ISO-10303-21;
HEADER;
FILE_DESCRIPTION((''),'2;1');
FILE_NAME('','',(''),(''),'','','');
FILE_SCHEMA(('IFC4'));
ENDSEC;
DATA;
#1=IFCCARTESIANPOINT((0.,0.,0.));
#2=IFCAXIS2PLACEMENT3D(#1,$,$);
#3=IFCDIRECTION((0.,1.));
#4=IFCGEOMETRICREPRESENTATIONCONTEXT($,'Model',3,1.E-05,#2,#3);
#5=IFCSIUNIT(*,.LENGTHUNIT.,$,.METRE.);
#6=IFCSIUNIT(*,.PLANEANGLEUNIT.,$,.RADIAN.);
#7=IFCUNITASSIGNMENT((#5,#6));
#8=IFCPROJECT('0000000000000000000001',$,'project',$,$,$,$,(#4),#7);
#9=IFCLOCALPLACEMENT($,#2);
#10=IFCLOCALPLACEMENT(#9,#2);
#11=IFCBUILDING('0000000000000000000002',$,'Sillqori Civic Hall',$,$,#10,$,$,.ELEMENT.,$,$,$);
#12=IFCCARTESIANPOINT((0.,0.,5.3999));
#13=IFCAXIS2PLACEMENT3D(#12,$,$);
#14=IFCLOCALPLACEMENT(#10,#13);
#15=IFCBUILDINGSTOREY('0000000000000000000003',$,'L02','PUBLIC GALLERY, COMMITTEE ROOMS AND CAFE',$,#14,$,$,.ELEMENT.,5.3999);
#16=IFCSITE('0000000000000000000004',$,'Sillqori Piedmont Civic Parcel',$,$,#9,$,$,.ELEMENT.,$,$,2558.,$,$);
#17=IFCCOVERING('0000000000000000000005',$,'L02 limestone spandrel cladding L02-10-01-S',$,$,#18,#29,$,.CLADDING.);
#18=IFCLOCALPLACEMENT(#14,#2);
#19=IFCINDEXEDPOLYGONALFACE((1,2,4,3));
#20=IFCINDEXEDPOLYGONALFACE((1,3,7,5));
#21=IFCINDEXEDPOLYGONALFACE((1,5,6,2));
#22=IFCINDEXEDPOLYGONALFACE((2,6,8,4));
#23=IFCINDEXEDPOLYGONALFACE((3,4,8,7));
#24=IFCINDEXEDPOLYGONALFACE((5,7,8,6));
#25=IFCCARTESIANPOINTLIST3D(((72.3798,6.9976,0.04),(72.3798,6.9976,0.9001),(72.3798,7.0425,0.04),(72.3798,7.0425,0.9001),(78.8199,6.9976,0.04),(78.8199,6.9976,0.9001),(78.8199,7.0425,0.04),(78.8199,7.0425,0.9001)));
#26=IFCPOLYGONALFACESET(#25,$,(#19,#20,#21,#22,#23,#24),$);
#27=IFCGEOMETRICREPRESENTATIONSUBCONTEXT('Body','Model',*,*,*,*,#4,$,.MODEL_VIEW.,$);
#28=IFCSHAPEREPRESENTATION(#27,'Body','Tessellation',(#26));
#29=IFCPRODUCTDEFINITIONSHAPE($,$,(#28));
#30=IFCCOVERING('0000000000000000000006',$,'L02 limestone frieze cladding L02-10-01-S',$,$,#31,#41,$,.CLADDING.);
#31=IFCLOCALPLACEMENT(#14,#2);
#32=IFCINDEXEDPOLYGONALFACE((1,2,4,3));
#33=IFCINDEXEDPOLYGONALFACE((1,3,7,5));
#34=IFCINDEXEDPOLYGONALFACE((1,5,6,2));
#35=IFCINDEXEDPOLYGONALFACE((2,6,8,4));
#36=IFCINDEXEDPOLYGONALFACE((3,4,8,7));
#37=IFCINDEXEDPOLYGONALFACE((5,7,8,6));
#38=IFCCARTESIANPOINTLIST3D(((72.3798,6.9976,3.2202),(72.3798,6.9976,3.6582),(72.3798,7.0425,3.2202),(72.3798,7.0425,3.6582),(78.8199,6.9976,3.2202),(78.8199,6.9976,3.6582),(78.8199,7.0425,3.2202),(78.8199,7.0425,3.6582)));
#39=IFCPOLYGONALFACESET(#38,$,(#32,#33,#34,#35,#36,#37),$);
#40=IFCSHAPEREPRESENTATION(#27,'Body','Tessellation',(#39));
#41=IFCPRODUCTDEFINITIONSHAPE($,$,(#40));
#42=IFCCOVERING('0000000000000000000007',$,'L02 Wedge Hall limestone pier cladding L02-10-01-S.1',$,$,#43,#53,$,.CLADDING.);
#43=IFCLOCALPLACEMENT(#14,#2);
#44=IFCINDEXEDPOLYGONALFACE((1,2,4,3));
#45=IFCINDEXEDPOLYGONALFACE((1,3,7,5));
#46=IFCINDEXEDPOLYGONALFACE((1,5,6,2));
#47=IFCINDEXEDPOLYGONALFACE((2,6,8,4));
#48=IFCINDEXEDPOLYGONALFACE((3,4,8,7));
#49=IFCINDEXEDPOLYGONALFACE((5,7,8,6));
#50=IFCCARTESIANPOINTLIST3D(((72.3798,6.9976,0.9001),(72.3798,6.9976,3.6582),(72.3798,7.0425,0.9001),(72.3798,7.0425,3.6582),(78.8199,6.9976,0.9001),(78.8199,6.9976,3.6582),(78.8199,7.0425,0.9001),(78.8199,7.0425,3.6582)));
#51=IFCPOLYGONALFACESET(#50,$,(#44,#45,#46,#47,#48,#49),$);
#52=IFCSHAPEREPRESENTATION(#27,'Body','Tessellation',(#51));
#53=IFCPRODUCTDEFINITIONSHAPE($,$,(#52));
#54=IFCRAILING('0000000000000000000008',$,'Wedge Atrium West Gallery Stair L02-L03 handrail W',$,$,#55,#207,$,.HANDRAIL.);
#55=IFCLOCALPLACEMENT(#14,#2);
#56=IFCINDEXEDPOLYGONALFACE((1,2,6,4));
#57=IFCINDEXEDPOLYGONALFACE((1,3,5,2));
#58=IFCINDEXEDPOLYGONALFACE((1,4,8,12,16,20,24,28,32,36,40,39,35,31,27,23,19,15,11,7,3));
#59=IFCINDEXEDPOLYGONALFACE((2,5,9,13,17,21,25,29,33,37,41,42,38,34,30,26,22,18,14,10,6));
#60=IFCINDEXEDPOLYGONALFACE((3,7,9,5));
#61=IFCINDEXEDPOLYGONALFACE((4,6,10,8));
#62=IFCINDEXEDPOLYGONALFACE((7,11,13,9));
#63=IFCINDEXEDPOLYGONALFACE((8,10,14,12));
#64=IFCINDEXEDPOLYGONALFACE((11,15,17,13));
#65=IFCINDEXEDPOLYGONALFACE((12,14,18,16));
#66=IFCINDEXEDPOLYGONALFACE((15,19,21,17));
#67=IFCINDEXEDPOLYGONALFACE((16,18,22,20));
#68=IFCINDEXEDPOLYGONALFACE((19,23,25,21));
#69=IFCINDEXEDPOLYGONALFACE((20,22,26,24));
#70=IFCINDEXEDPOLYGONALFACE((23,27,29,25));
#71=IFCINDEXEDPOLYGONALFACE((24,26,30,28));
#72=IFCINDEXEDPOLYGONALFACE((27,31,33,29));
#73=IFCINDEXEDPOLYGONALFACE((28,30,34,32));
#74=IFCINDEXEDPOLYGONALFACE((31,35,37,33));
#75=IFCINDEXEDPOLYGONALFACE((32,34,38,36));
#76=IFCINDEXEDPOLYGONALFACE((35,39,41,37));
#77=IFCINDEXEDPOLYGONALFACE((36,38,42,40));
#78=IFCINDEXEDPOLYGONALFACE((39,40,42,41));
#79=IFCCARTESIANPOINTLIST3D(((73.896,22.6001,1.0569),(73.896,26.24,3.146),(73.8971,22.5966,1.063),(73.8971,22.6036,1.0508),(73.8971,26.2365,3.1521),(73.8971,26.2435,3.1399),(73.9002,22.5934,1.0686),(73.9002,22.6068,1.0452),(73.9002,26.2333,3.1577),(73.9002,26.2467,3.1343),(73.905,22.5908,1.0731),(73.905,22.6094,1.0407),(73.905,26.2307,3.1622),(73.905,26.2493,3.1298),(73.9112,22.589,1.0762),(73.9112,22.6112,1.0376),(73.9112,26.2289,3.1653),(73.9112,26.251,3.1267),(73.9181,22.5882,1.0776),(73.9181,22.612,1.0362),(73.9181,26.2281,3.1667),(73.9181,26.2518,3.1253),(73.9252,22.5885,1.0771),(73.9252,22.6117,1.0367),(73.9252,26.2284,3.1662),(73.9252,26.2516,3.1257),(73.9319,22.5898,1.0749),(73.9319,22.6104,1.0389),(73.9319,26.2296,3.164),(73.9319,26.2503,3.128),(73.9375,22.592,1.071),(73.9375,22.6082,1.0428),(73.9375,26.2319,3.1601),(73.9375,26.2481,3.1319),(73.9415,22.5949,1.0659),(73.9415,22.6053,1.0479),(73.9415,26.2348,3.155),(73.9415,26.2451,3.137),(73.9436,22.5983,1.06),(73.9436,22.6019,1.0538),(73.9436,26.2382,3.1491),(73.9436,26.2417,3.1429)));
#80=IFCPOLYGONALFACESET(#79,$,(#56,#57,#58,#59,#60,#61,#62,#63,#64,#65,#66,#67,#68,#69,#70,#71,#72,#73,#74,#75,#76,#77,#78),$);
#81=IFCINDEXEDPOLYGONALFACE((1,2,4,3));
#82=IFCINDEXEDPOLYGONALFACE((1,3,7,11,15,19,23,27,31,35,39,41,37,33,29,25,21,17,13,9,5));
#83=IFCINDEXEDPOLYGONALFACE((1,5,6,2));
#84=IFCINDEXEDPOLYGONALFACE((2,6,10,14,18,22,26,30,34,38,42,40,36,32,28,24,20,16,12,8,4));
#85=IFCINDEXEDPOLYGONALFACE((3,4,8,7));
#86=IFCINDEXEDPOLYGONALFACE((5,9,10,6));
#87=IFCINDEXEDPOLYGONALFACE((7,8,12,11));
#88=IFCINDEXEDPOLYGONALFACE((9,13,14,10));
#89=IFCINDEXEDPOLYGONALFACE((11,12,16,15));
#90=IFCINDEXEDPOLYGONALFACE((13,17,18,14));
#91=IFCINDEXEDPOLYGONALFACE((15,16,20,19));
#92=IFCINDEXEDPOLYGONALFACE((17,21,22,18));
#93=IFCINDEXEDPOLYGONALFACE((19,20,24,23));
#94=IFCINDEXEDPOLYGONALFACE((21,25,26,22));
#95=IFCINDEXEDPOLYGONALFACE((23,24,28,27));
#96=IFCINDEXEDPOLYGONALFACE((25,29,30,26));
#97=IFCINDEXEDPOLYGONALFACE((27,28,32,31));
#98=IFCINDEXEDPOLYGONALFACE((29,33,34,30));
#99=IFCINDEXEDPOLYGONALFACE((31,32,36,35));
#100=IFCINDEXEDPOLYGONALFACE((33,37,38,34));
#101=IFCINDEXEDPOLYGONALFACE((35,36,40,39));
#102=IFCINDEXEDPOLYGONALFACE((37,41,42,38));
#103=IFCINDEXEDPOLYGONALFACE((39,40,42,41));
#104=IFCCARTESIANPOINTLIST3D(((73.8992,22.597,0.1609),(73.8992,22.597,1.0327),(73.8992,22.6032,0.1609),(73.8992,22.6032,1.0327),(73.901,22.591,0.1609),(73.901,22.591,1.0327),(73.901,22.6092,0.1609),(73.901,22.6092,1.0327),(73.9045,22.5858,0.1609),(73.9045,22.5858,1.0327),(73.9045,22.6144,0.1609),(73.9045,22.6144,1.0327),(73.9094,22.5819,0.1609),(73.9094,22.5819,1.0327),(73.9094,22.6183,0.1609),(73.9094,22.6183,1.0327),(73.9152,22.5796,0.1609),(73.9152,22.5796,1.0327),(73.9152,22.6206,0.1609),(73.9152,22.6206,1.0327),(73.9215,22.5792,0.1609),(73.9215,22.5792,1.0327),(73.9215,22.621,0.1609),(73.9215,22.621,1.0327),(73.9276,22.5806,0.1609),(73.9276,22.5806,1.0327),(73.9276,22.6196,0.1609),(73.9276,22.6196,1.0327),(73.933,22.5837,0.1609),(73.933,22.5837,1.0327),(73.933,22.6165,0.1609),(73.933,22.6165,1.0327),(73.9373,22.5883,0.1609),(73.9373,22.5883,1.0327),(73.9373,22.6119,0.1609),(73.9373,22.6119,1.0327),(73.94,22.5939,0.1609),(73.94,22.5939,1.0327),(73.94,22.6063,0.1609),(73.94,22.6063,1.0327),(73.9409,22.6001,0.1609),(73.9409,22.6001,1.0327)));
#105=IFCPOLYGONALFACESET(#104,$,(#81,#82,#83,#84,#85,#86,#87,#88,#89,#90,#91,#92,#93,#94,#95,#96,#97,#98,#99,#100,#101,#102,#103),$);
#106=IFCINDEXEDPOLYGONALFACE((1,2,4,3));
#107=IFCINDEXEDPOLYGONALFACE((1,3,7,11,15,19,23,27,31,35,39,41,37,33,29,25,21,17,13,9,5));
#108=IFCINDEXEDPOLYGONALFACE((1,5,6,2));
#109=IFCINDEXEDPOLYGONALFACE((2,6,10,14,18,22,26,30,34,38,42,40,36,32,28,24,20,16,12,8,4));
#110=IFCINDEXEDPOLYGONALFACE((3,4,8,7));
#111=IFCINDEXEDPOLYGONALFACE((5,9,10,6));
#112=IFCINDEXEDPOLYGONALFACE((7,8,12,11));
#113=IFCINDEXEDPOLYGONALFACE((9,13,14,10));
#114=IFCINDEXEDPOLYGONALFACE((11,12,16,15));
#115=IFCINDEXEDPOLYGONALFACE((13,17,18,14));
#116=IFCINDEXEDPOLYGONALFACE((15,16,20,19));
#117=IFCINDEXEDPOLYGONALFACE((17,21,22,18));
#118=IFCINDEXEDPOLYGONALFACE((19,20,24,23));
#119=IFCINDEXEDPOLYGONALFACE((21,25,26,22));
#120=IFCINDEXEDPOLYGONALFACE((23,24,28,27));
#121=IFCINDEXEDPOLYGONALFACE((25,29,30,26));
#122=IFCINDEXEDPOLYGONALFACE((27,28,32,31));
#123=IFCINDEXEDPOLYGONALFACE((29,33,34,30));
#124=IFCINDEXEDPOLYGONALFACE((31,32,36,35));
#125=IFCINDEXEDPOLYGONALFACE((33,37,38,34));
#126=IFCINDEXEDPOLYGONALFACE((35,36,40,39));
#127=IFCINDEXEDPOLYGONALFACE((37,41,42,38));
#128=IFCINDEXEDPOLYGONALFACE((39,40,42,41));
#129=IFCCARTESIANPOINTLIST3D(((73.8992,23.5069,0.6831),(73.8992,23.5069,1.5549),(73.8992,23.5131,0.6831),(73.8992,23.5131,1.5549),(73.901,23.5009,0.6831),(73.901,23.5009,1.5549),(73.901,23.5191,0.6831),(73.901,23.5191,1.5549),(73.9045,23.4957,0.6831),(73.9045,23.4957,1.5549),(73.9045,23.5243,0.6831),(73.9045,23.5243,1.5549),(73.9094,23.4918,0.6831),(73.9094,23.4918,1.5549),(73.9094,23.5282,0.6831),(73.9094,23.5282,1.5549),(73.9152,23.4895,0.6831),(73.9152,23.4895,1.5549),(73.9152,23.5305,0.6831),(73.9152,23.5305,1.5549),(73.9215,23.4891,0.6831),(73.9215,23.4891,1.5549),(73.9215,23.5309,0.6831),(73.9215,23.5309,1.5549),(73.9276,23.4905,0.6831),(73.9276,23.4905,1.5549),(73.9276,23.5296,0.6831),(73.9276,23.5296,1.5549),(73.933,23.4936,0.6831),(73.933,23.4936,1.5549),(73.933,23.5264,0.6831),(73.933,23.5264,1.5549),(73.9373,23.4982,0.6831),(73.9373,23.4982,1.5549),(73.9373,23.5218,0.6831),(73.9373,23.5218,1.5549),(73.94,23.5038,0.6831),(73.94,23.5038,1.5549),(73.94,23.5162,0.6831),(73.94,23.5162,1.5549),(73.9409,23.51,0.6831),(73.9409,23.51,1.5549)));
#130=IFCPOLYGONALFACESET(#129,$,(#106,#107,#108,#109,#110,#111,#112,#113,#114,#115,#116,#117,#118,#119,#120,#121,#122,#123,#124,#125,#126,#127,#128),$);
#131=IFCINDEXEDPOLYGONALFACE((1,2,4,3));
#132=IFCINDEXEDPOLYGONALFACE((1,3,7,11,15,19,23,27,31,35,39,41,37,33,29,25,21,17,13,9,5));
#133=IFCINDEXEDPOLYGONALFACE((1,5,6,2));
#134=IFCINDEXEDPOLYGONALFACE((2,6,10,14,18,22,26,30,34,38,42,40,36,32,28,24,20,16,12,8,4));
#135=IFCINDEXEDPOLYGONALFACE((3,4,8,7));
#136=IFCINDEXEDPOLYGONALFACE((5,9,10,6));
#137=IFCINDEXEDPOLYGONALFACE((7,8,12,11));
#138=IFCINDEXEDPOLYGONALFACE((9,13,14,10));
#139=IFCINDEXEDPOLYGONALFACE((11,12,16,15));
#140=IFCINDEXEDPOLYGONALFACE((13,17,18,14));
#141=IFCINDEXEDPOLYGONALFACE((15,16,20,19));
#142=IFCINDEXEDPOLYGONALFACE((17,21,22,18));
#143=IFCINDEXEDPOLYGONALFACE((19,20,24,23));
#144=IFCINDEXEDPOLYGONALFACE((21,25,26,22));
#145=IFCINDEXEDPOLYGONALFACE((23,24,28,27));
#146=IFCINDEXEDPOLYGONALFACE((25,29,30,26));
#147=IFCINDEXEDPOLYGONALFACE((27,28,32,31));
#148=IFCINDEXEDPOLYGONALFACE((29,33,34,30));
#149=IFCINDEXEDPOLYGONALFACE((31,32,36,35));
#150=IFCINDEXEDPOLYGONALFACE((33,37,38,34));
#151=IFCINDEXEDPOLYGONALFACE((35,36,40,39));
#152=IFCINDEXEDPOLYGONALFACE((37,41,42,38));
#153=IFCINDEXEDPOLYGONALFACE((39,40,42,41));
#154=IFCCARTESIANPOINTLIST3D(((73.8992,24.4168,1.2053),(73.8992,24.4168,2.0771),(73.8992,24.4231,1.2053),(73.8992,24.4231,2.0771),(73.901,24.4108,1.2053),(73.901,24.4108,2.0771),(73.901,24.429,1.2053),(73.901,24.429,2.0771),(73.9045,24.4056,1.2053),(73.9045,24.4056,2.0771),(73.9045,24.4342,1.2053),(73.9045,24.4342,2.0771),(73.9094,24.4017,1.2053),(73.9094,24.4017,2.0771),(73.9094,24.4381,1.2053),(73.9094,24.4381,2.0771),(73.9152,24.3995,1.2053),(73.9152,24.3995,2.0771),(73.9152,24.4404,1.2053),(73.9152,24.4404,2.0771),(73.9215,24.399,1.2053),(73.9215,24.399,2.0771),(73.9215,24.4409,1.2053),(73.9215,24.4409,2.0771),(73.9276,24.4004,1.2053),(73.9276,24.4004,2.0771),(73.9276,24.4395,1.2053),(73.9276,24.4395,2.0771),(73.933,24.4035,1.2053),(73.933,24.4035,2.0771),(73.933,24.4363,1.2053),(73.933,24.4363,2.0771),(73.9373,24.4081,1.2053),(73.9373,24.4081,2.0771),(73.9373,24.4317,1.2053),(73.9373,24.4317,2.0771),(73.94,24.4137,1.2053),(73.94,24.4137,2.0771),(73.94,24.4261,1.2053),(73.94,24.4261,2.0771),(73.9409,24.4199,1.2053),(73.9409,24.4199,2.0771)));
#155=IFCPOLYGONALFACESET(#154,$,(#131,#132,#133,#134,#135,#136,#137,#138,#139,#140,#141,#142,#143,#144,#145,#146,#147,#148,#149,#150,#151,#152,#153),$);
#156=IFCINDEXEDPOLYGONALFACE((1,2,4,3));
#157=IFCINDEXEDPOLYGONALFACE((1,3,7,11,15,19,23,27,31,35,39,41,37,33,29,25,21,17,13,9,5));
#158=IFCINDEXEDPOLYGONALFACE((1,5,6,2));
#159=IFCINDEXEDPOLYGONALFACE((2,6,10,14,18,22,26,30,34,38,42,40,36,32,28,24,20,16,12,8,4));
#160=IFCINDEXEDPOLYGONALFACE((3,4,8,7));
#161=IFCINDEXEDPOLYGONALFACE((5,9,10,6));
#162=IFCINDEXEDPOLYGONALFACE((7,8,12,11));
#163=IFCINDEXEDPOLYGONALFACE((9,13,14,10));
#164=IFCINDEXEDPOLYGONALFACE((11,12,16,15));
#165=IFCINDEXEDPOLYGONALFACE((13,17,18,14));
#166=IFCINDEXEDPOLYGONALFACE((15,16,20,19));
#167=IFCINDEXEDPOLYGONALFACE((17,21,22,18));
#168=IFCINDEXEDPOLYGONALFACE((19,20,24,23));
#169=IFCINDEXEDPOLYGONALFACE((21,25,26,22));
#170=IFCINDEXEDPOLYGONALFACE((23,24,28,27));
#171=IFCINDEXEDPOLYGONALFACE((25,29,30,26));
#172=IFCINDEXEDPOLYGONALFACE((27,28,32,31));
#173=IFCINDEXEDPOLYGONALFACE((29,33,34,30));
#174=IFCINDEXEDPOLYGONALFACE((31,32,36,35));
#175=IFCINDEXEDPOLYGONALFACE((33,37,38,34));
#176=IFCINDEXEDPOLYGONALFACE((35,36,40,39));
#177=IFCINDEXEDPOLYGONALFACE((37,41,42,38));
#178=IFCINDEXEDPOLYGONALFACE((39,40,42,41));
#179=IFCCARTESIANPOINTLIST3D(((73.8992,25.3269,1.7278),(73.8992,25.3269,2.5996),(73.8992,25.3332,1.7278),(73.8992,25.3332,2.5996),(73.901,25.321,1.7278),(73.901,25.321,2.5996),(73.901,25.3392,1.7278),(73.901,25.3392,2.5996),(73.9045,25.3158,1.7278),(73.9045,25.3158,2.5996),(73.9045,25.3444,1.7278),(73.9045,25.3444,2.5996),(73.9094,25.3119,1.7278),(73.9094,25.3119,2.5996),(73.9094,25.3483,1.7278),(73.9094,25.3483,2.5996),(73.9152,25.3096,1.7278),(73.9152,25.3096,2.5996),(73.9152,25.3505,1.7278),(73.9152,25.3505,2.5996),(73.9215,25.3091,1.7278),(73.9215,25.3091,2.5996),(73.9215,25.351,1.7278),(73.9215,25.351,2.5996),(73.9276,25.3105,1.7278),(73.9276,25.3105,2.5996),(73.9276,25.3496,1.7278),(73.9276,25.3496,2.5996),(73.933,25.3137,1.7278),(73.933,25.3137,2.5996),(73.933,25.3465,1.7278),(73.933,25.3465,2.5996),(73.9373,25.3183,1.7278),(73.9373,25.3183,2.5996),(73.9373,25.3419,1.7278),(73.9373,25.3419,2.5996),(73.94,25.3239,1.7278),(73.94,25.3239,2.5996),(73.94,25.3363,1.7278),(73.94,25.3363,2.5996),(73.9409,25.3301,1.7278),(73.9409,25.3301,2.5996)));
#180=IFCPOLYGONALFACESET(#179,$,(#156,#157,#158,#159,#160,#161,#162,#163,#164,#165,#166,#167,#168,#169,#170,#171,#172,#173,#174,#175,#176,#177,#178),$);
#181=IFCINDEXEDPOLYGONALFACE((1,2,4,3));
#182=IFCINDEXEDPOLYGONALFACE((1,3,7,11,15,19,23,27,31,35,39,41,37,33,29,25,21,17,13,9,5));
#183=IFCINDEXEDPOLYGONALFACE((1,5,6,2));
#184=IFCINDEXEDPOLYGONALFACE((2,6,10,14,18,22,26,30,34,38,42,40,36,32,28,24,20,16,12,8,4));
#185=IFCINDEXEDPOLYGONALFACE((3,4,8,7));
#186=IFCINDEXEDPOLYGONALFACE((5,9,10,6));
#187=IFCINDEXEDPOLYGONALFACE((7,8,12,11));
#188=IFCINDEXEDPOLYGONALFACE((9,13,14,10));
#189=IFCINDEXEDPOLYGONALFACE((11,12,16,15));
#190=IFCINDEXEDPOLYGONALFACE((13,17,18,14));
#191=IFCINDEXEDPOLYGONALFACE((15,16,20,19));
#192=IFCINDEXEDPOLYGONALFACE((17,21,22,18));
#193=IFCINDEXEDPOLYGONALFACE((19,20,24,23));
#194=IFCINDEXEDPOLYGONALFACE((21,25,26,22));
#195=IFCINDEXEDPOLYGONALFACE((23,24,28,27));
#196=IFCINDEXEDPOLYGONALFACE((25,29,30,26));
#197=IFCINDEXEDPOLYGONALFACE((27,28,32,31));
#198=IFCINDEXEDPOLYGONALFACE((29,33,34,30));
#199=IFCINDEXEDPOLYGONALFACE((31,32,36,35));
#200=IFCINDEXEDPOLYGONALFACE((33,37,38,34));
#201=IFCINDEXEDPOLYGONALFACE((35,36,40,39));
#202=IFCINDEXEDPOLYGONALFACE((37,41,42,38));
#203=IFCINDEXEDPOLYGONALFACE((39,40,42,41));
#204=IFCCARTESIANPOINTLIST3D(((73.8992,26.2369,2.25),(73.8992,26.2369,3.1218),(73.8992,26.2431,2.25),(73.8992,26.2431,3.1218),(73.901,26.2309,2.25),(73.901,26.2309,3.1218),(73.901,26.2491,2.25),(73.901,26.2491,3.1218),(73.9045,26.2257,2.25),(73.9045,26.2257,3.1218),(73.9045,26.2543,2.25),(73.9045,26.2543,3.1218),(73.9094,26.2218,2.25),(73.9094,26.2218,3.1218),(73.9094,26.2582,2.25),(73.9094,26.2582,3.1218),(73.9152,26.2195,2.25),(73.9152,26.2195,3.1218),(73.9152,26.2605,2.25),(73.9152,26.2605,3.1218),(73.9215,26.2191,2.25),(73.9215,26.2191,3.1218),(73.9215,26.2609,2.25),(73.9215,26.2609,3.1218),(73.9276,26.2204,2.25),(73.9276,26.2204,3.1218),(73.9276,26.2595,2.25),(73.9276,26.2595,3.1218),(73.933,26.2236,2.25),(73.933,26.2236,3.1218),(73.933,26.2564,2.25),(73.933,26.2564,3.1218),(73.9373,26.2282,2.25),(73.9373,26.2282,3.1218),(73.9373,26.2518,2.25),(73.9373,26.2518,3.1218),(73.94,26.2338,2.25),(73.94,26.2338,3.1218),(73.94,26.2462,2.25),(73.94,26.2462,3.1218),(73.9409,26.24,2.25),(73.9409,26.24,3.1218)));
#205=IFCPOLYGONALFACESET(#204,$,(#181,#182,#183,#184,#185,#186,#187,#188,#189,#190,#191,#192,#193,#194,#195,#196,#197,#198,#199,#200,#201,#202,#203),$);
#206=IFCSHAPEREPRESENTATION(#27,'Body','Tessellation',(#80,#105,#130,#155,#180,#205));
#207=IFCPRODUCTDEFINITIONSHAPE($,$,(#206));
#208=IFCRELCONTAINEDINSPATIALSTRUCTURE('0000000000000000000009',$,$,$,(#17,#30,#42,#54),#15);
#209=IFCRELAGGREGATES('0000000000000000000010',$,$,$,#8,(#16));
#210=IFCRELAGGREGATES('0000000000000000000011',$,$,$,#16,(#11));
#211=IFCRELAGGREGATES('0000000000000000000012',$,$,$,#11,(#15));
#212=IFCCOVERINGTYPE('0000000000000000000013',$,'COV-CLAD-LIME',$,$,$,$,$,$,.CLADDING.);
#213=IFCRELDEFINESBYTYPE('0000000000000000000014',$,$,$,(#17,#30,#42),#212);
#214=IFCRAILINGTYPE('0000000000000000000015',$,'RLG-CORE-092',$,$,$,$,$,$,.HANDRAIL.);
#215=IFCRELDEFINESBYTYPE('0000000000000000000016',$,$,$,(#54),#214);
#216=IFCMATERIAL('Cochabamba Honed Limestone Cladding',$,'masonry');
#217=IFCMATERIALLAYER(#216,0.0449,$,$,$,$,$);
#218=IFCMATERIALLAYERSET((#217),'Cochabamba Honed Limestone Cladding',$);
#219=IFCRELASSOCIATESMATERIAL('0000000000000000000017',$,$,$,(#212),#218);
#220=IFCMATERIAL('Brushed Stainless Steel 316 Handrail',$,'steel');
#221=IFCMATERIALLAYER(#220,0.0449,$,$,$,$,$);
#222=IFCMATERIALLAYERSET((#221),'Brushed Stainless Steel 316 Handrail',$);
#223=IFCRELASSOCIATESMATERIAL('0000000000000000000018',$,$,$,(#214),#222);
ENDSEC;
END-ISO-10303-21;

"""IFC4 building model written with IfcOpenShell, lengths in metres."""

from ifc_helpers import new_model, si_unit, direction, frame, frame_2d, origin, origin_2d, place, context, subcontext, project, spatial, rectangle, circle, extrude, material, layer, layer_set, type_object, element, save


model = new_model("IFC4")

# Units and contexts
model_context = context("Model", 3, precision=1e-05, world=origin(), true_north=direction((0.0, 1.0)))
body_context = subcontext(model_context, "Body", "Model", "MODEL_VIEW")
ifc_project = project(units=[si_unit("LENGTHUNIT", "METRE"), si_unit("PLANEANGLEUNIT", "RADIAN")], contexts=[model_context])

# Site, building, storey
site_placement = place(None, origin())
site = spatial("IfcSite", under=ifc_project, at=site_placement, Name="Sillqori Piedmont Civic Parcel", CompositionType="ELEMENT", RefElevation=2558.0)
building_placement = place(site_placement, origin())
building = spatial("IfcBuilding", under=site, at=building_placement, Name="Sillqori Civic Hall", CompositionType="ELEMENT")
storey_placement = place(building_placement, frame((0.0, 0.0, 5.3999)))
storey = spatial("IfcBuildingStorey", under=building, at=storey_placement, Name="L02", Description="PUBLIC GALLERY, COMMITTEE ROOMS AND CAFE", CompositionType="ELEMENT", Elevation=5.3999)

# Coverings
ifc_material_1 = material(Name="Cochabamba Honed Limestone Cladding", Category="masonry")
ifc_layer_1 = layer(ifc_material_1, 0.0449)
ifc_layer_set_1 = layer_set([ifc_layer_1], Name="Cochabamba Honed Limestone Cladding")
covering_type = type_object("IfcCoveringType", Name="COV-CLAD-LIME", PredefinedType="CLADDING", material=ifc_layer_set_1)
covering_1_placement = place(storey_placement, frame((78.8201, 7.02, 0.04), z_axis=(0.0, 0.0, 1.0), x_axis=(-1.0, 0.0, 0.0)))
element("IfcCovering", 1, at=covering_1_placement, inside=storey, type_object=covering_type, Name="L02 limestone spandrel cladding L02-10-01-S", PredefinedType="CLADDING", context=body_context, shape_type="SweptSolid", body=[
    extrude(rectangle(XDim=6.4402, YDim=0.0449, at=frame_2d((3.2202, 0.0))), origin(), (0.0, 0.0, 1.0), 0.8601),
])
covering_2_placement = place(storey_placement, frame((78.8201, 7.02, 3.2202), z_axis=(0.0, 0.0, 1.0), x_axis=(-1.0, 0.0, 0.0)))
element("IfcCovering", 2, at=covering_2_placement, inside=storey, type_object=covering_type, Name="L02 limestone frieze cladding L02-10-01-S", PredefinedType="CLADDING", context=body_context, shape_type="SweptSolid", body=[
    extrude(rectangle(XDim=6.4402, YDim=0.0449, at=frame_2d((3.2202, 0.0))), origin(), (0.0, 0.0, 1.0), 0.438),
])
covering_3_placement = place(storey_placement, frame((78.8201, 7.02, 0.9001), z_axis=(0.0, 0.0, 1.0), x_axis=(-1.0, 0.0, 0.0)))
element("IfcCovering", 3, at=covering_3_placement, inside=storey, type_object=covering_type, Name="L02 Wedge Hall limestone pier cladding L02-10-01-S.1", PredefinedType="CLADDING", context=body_context, shape_type="SweptSolid", body=[
    extrude(rectangle(XDim=6.4402, YDim=0.0449, at=frame_2d((3.2202, 0.0))), origin(), (0.0, 0.0, 1.0), 2.7581),
])

# Railing
ifc_material_2 = material(Name="Brushed Stainless Steel 316 Handrail", Category="steel")
ifc_layer_2 = layer(ifc_material_2, 0.0449)
ifc_layer_set_2 = layer_set([ifc_layer_2], Name="Brushed Stainless Steel 316 Handrail")
railing_type_1 = type_object("IfcRailingType", Name="RLG-CORE-092", PredefinedType="HANDRAIL", material=ifc_layer_set_2)
railing_1_placement = place(storey_placement, frame((73.9199, 22.6001, 0.1609)))
element("IfcRailing", 4, at=railing_1_placement, inside=storey, type_object=railing_type_1, Name="Wedge Atrium West Gallery Stair L02-L03 handrail W", PredefinedType="HANDRAIL", context=body_context, shape_type="SweptSolid", body=[
    extrude(circle(Radius=0.0239, at=origin_2d()), frame((0.0, 0.0, 0.896), z_axis=(0.0, 0.8673, 0.497786), x_axis=(-1.0, 0.0, 0.0)), (0.0, 0.0, 1.0), 4.1968),
    extrude(circle(Radius=0.021, at=origin_2d()), origin(), (0.0, 0.0, 1.0), 0.8718),
    extrude(circle(Radius=0.021, at=origin_2d()), frame((0.0, 0.9099, 0.5222)), (0.0, 0.0, 1.0), 0.8718),
    extrude(circle(Radius=0.021, at=origin_2d()), frame((0.0, 1.8198, 1.0444)), (0.0, 0.0, 1.0), 0.8718),
    extrude(circle(Radius=0.021, at=origin_2d()), frame((0.0, 2.73, 1.5669)), (0.0, 0.0, 1.0), 0.8718),
    extrude(circle(Radius=0.021, at=origin_2d()), frame((0.0, 3.6399, 2.0891)), (0.0, 0.0, 1.0), 0.8718),
])

save(model, "model.ifc")
